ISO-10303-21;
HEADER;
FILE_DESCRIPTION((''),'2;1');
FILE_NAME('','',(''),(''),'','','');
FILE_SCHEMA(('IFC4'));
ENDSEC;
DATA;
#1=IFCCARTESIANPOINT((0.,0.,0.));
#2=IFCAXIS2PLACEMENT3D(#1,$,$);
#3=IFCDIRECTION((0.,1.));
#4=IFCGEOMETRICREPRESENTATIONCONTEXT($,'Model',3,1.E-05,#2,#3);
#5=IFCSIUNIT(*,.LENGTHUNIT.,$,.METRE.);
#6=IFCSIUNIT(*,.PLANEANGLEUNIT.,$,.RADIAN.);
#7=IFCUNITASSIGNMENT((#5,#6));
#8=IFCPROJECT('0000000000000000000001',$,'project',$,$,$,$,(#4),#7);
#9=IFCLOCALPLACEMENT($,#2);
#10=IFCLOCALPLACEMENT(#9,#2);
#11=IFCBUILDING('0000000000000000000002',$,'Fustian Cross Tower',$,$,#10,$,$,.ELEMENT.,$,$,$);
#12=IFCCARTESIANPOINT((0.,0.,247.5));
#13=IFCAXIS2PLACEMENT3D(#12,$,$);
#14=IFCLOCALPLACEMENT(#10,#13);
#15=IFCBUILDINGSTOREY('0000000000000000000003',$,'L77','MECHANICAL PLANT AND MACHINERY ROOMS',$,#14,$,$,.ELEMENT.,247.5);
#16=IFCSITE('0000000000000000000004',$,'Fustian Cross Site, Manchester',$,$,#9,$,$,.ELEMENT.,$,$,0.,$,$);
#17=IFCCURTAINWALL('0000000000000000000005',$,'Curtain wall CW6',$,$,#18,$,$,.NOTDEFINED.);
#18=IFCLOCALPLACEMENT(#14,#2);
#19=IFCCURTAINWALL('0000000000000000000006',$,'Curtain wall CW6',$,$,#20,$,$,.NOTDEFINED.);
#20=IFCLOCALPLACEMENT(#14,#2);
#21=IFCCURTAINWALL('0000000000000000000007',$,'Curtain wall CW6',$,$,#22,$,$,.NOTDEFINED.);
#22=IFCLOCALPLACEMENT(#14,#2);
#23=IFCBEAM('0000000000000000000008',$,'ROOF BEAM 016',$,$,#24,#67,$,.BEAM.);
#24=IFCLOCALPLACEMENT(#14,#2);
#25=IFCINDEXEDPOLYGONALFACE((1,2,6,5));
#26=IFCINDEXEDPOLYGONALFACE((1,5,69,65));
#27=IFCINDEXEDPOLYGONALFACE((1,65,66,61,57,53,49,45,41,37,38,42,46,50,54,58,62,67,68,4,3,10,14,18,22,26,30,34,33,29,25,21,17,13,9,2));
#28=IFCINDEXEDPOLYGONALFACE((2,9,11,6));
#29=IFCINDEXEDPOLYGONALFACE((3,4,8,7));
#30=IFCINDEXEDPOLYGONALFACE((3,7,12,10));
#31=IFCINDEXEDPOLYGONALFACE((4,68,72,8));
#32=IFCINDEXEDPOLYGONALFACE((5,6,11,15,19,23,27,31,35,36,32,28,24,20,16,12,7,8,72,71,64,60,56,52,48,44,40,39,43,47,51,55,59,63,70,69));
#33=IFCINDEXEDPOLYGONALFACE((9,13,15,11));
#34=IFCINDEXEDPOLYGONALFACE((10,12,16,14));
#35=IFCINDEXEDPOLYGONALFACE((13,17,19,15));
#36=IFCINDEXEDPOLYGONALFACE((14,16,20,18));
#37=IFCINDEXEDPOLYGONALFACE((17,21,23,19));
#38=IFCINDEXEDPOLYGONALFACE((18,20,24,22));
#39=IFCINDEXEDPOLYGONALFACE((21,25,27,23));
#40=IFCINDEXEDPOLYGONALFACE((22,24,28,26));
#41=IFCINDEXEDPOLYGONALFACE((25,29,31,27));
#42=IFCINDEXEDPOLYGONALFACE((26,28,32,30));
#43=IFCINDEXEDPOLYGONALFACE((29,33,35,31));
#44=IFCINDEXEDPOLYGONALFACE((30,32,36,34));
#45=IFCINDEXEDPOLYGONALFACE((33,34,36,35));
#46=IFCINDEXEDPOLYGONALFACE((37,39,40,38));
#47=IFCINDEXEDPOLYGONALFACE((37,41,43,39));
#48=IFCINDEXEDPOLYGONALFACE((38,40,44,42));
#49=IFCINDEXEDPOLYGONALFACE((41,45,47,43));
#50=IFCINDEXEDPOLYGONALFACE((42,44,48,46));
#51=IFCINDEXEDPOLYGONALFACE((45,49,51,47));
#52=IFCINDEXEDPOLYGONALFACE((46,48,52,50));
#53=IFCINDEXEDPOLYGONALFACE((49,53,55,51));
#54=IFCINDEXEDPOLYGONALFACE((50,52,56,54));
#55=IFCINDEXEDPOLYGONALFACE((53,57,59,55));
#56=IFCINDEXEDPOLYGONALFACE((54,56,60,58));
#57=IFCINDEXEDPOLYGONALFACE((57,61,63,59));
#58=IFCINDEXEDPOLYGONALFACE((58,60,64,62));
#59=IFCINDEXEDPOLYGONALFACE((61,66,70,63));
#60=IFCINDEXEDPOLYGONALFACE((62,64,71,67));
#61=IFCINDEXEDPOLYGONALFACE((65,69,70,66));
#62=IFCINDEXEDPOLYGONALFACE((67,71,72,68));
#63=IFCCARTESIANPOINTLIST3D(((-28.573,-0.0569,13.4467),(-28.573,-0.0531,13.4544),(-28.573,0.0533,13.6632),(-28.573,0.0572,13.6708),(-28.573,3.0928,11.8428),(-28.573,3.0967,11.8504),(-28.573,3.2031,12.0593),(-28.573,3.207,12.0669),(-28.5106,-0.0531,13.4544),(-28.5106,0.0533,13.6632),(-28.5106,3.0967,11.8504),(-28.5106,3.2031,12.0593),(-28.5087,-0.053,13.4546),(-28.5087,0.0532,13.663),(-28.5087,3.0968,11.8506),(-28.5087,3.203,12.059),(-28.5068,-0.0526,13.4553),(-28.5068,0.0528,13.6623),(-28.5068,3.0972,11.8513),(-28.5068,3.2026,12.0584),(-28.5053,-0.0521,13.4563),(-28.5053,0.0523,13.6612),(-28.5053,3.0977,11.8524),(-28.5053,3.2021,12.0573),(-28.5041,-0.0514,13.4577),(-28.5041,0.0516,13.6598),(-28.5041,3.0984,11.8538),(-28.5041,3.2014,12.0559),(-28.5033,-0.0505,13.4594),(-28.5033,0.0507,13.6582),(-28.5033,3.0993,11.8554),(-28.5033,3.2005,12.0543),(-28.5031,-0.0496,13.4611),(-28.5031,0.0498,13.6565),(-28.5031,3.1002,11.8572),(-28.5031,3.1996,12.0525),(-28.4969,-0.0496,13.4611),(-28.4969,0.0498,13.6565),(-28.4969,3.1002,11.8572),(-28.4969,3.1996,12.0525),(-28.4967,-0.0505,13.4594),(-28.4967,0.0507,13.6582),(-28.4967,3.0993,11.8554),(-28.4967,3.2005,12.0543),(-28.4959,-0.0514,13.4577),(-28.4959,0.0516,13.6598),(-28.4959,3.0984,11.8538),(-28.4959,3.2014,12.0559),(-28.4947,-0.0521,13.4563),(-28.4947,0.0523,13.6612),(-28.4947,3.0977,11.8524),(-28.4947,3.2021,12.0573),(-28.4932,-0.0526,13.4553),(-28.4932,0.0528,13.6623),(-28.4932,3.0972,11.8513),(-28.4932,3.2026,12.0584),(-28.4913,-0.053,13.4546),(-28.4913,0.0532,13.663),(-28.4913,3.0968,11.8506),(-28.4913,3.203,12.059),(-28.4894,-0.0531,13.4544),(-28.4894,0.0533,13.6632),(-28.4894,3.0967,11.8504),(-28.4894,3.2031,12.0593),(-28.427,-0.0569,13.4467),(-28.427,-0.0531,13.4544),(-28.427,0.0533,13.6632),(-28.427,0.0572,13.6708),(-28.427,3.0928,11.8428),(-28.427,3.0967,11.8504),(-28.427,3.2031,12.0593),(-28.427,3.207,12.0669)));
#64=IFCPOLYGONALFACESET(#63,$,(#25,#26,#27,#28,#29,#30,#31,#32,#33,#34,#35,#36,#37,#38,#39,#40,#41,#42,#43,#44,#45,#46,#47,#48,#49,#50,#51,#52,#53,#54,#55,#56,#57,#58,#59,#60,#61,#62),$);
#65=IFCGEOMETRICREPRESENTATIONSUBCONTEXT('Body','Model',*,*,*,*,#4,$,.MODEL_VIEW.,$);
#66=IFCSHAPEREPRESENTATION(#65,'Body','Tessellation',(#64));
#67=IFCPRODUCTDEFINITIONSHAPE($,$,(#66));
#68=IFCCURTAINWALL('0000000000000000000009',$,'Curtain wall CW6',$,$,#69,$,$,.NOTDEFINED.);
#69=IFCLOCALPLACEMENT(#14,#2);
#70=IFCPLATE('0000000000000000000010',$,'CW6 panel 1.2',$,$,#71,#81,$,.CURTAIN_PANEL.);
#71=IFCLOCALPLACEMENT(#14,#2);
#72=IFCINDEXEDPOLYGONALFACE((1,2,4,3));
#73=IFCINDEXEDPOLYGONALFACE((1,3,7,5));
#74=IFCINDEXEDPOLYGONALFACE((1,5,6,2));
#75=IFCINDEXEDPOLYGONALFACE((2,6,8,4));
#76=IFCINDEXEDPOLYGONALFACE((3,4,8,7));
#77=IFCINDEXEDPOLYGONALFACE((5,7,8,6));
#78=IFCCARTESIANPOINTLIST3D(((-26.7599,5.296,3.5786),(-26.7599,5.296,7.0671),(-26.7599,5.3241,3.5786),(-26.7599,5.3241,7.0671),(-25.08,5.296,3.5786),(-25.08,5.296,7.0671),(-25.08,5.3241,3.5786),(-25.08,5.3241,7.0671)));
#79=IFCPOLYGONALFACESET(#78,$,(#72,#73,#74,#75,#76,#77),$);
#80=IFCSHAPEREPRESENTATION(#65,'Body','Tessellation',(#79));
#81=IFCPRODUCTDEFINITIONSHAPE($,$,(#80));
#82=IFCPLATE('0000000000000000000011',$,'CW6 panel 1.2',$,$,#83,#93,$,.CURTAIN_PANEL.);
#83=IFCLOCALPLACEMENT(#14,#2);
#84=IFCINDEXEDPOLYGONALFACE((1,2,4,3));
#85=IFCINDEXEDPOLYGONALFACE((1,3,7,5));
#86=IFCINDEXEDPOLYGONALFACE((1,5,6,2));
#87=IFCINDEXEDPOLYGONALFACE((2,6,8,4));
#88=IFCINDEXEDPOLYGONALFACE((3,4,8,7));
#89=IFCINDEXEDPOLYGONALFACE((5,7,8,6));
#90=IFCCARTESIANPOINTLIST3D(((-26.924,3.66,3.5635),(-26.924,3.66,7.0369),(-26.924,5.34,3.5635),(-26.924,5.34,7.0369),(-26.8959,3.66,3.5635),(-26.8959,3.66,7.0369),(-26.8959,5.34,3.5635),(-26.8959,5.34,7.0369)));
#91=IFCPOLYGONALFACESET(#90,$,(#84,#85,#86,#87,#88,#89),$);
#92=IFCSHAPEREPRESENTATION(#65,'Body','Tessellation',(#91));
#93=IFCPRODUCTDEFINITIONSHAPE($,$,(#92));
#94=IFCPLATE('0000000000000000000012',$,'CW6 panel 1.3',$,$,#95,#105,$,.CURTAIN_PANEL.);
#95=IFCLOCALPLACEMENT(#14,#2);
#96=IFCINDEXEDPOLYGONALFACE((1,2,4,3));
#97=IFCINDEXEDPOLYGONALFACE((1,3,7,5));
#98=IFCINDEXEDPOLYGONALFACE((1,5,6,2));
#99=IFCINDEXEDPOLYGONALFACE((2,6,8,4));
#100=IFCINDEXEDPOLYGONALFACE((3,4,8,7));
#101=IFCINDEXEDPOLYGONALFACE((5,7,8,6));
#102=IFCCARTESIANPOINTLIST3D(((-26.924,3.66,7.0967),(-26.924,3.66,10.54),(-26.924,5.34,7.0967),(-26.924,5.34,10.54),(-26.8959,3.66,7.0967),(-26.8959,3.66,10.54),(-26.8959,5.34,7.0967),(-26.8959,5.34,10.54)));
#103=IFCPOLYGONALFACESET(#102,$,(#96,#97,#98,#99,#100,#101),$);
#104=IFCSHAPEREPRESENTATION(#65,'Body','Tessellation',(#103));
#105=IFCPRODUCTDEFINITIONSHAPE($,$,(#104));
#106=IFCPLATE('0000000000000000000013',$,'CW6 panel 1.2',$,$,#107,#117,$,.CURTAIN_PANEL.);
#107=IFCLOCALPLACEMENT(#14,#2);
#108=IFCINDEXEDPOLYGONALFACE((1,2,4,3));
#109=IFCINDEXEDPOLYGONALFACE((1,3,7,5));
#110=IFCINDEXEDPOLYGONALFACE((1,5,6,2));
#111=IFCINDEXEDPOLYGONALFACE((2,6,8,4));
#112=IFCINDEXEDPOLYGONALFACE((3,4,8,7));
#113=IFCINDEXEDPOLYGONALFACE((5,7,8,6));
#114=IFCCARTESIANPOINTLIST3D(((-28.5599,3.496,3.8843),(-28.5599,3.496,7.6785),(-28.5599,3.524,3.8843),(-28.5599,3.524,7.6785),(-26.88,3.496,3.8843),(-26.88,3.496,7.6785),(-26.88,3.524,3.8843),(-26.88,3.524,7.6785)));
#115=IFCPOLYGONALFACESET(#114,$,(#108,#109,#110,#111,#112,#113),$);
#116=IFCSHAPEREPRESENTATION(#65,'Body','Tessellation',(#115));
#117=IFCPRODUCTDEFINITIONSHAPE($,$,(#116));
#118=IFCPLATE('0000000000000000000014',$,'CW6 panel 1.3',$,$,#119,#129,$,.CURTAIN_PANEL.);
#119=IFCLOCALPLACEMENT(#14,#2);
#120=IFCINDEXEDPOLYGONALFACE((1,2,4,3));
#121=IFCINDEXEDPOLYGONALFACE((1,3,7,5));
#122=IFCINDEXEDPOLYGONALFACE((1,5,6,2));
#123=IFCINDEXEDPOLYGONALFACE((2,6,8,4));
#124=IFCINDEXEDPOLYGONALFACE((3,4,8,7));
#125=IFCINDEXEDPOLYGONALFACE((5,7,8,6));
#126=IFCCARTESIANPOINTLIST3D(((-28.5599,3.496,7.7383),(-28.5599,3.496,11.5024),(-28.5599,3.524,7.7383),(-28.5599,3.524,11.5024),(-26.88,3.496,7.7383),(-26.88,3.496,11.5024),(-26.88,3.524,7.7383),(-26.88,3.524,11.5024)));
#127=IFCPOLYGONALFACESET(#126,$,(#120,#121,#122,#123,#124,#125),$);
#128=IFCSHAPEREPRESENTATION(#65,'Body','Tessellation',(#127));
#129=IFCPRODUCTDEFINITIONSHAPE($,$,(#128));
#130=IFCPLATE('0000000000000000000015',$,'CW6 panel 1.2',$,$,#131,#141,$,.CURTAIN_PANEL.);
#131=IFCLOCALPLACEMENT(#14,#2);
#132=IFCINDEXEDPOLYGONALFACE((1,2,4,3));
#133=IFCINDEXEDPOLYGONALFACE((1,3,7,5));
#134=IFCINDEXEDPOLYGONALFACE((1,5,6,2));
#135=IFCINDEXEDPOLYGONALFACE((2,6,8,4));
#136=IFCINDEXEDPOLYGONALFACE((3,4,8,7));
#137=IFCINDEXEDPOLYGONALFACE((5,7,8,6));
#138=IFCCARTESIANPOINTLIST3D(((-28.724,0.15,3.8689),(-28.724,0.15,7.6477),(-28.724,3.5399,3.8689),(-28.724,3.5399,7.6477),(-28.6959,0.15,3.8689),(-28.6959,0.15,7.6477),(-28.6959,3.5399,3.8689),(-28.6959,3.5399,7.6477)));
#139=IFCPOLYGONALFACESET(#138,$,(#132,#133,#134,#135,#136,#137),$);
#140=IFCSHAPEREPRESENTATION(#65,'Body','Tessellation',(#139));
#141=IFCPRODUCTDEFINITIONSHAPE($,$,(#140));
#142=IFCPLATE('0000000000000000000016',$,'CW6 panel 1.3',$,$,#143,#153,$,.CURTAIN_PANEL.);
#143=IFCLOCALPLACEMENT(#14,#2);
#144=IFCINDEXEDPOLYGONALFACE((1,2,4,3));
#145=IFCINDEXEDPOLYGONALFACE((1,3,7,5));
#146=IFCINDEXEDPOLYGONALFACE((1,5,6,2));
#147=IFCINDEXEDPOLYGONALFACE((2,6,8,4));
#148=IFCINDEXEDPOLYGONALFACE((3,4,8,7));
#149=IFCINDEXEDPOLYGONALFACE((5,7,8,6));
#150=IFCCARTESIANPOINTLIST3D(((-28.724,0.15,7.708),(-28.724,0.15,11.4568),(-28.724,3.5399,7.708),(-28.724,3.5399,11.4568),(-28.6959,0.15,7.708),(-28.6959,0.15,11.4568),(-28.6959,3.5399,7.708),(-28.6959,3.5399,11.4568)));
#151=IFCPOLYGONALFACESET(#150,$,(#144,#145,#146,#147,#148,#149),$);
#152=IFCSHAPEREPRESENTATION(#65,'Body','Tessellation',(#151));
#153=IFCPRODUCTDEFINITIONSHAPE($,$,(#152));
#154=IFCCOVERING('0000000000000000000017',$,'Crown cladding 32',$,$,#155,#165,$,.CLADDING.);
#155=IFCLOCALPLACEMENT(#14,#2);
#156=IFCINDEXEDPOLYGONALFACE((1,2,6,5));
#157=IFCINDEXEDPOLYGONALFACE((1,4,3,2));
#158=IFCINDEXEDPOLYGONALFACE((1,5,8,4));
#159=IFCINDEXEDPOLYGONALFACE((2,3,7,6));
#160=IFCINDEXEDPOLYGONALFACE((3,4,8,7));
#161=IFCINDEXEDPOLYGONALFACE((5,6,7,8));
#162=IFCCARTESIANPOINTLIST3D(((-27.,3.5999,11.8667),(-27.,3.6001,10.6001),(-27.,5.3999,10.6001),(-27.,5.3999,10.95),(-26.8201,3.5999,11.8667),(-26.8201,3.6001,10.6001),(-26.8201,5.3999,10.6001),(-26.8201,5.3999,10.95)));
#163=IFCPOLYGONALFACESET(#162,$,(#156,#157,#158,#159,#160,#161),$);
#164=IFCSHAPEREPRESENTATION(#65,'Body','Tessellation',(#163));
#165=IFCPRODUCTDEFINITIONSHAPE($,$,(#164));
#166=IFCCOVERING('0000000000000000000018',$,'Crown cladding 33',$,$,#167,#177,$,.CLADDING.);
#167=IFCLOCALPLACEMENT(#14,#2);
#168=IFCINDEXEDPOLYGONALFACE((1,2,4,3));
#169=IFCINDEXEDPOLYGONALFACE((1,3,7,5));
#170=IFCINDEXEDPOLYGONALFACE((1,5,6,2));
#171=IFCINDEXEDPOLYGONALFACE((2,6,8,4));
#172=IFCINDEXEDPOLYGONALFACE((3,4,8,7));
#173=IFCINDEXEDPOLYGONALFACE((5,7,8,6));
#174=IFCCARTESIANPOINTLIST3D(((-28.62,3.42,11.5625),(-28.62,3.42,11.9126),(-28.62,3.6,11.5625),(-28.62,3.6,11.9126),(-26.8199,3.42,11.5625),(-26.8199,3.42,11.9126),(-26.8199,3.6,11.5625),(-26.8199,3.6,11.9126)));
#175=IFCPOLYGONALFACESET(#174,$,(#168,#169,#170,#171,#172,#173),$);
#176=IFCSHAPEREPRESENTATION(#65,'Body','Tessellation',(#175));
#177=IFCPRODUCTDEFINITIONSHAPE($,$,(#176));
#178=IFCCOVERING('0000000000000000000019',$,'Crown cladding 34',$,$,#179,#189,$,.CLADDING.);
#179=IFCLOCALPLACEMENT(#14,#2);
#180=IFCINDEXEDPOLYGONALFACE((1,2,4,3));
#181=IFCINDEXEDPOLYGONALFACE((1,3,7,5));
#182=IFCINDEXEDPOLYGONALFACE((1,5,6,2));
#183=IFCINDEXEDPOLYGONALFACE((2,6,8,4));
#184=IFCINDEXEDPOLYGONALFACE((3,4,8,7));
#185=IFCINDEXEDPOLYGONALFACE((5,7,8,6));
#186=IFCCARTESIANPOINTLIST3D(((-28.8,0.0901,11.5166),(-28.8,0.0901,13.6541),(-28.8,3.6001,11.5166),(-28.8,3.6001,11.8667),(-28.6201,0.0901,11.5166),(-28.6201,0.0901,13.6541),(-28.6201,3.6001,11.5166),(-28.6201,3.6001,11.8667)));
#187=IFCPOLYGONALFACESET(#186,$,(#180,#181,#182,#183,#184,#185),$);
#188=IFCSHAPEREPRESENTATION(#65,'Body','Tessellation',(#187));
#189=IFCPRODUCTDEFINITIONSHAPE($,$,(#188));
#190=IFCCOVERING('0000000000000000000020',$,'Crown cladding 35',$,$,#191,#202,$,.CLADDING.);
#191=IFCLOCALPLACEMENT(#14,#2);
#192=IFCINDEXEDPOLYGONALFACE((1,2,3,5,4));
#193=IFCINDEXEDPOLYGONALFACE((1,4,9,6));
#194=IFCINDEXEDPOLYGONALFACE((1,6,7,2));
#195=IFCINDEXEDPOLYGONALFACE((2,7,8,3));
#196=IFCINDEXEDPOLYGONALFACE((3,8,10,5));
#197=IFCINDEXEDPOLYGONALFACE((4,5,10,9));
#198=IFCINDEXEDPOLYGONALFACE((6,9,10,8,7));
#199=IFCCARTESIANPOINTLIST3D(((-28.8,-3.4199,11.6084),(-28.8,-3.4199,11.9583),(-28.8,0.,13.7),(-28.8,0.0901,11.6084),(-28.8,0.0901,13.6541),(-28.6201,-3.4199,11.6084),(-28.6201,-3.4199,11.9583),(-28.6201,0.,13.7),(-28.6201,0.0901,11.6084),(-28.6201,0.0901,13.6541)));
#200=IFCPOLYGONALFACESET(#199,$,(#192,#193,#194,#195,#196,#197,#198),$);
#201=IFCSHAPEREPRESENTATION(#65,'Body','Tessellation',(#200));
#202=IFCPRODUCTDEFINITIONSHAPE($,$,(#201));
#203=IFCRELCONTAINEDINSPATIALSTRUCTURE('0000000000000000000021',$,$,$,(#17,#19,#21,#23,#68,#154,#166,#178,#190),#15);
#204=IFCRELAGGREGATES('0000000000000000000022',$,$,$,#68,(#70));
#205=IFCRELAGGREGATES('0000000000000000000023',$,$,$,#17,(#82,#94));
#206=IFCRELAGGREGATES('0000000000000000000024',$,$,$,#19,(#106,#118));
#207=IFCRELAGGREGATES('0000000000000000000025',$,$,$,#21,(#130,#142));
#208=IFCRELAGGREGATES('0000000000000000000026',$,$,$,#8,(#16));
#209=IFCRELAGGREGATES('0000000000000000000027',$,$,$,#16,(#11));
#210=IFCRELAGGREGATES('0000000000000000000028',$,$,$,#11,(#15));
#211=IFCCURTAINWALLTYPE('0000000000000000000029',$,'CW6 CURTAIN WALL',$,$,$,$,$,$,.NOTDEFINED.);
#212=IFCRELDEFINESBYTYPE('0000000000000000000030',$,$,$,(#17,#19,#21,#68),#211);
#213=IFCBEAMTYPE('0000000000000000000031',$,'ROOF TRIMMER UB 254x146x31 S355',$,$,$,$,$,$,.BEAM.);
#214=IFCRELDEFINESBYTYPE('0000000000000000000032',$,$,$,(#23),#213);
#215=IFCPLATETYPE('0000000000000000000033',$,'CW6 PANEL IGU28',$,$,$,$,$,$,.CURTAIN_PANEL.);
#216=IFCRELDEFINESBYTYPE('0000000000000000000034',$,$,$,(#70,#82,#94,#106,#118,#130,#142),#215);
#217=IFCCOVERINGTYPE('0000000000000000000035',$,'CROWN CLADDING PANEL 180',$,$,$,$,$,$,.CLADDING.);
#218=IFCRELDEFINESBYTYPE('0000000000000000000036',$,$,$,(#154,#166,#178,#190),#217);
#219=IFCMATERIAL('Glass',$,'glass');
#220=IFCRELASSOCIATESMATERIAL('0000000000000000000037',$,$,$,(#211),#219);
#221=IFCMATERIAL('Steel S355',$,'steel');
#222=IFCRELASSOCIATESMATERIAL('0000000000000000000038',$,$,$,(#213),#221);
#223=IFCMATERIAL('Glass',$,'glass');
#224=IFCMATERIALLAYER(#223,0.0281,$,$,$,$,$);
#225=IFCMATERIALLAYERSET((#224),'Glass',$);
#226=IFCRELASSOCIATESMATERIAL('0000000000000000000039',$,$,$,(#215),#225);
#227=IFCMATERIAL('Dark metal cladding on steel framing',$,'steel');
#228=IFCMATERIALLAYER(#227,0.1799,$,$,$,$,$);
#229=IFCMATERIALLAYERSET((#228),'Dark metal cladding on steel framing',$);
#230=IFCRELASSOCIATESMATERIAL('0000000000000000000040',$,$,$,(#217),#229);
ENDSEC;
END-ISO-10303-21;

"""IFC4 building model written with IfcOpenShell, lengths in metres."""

from ifc_helpers import new_model, si_unit, direction, frame, frame_2d, origin, origin_2d, place, context, subcontext, project, spatial, polyline, rectangle, i_section, outline, extrude, material, layer, layer_set, material_profile, profile_set, type_object, element, aggregate, save


model = new_model("IFC4")

# Units and contexts
model_context = context("Model", 3, precision=1e-05, world=origin(), true_north=direction((0.0, 1.0)))
body_context = subcontext(model_context, "Body", "Model", "MODEL_VIEW")
ifc_project = project(units=[si_unit("LENGTHUNIT", "METRE"), si_unit("PLANEANGLEUNIT", "RADIAN")], contexts=[model_context])

# Site, building, storey
site_placement = place(None, origin())
site = spatial("IfcSite", under=ifc_project, at=site_placement, Name="Fustian Cross Site, Manchester", CompositionType="ELEMENT", RefElevation=0.0)
building_placement = place(site_placement, origin())
building = spatial("IfcBuilding", under=site, at=building_placement, Name="Fustian Cross Tower", CompositionType="ELEMENT")
storey_placement = place(building_placement, frame((0.0, 0.0, 247.5)))
storey = spatial("IfcBuildingStorey", under=building, at=storey_placement, Name="L77", Description="MECHANICAL PLANT AND MACHINERY ROOMS", CompositionType="ELEMENT", Elevation=247.5)

# Curtain walls
ifc_material_1 = material(Name="Glass", Category="glass")
curtain_wall_type = type_object("IfcCurtainWallType", Name="CW6 CURTAIN WALL", PredefinedType="NOTDEFINED", material=ifc_material_1)
curtain_wall_1_placement = place(storey_placement, origin())
curtain_wall_1 = element("IfcCurtainWall", 1, at=curtain_wall_1_placement, inside=storey, type_object=curtain_wall_type, Name="Curtain wall CW6", PredefinedType="NOTDEFINED")
curtain_wall_2_placement = place(storey_placement, origin())
curtain_wall_2 = element("IfcCurtainWall", 2, at=curtain_wall_2_placement, inside=storey, type_object=curtain_wall_type, Name="Curtain wall CW6", PredefinedType="NOTDEFINED")
curtain_wall_3_placement = place(storey_placement, origin())
curtain_wall_3 = element("IfcCurtainWall", 3, at=curtain_wall_3_placement, inside=storey, type_object=curtain_wall_type, Name="Curtain wall CW6", PredefinedType="NOTDEFINED")

# Beam
ifc_material_2 = material(Name="Steel S355", Category="steel")
ifc_material_profile_1 = material_profile(ifc_material_2, i_section(OverallWidth=0.146, OverallDepth=0.2515, WebThickness=0.0061, FlangeThickness=0.0085, FilletRadius=0.0076, at=origin_2d()), Name="UB 254x146x31")
ifc_profile_set_1 = profile_set([ifc_material_profile_1], Name="Steel S355")
beam_type = type_object("IfcBeamType", Name="ROOF TRIMMER UB 254x146x31 S355", PredefinedType="BEAM", material=ifc_profile_set_1)
beam_placement = place(storey_placement, frame((-28.5, 3.1499, 11.9548), z_axis=(0.0, -0.891115, 0.453777), x_axis=(1.0, 0.0, 0.0)))
element("IfcBeam", 4, at=beam_placement, inside=storey, type_object=beam_type, Name="ROOF BEAM 016", PredefinedType="BEAM", context=body_context, shape_type="SweptSolid", body=[
    extrude(i_section(OverallWidth=0.146, OverallDepth=0.2515, WebThickness=0.0061, FlangeThickness=0.0085, FilletRadius=0.0076, at=origin_2d()), origin(), (0.0, 0.0, 1.0), 3.5347),
])

# Curtain wall, plate
curtain_wall_4_placement = place(storey_placement, origin())
curtain_wall_4 = element("IfcCurtainWall", 5, at=curtain_wall_4_placement, inside=storey, type_object=curtain_wall_type, Name="Curtain wall CW6", PredefinedType="NOTDEFINED")
ifc_material_3 = material(Name="Glass", Category="glass")
ifc_layer_1 = layer(ifc_material_3, 0.0281)
ifc_layer_set_1 = layer_set([ifc_layer_1], Name="Glass")
plate_type = type_object("IfcPlateType", Name="CW6 PANEL IGU28", PredefinedType="CURTAIN_PANEL", material=ifc_layer_set_1)
plate_1_placement = place(storey_placement, frame((-25.9199, 5.3101, 3.5786), z_axis=(0.0, 0.0, 1.0), x_axis=(-1.0, 0.0, 0.0)))
plate_1 = element("IfcPlate", 6, at=plate_1_placement, type_object=plate_type, Name="CW6 panel 1.2", PredefinedType="CURTAIN_PANEL", context=body_context, shape_type="SweptSolid", body=[
    extrude(rectangle(XDim=1.6799, YDim=0.0281, at=origin_2d()), origin(), (0.0, 0.0, 1.0), 3.4885),
])
aggregate(curtain_wall_4, [plate_1])

# Plates
plate_2_placement = place(storey_placement, frame((-26.9099, 4.5, 3.5635), z_axis=(0.0, 0.0, 1.0), x_axis=(0.0, -1.0, 0.0)))
plate_2 = element("IfcPlate", 7, at=plate_2_placement, type_object=plate_type, Name="CW6 panel 1.2", PredefinedType="CURTAIN_PANEL", context=body_context, shape_type="SweptSolid", body=[
    extrude(rectangle(XDim=1.6799, YDim=0.0281, at=origin_2d()), origin(), (0.0, 0.0, 1.0), 3.4734),
])
plate_3_placement = place(storey_placement, frame((-26.9099, 4.5, 7.0967), z_axis=(0.0, 0.0, 1.0), x_axis=(0.0, -1.0, 0.0)))
plate_3 = element("IfcPlate", 8, at=plate_3_placement, type_object=plate_type, Name="CW6 panel 1.3", PredefinedType="CURTAIN_PANEL", context=body_context, shape_type="SweptSolid", body=[
    extrude(rectangle(XDim=1.6799, YDim=0.0281, at=origin_2d()), origin(), (0.0, 0.0, 1.0), 3.4434),
])
aggregate(curtain_wall_1, [plate_2, plate_3])
plate_4_placement = place(storey_placement, frame((-27.72, 3.51, 3.8843), z_axis=(0.0, 0.0, 1.0), x_axis=(-1.0, 0.0, 0.0)))
plate_4 = element("IfcPlate", 9, at=plate_4_placement, type_object=plate_type, Name="CW6 panel 1.2", PredefinedType="CURTAIN_PANEL", context=body_context, shape_type="SweptSolid", body=[
    extrude(rectangle(XDim=1.6799, YDim=0.0281, at=origin_2d()), origin(), (0.0, 0.0, 1.0), 3.7942),
])
plate_5_placement = place(storey_placement, frame((-27.72, 3.51, 7.7383), z_axis=(0.0, 0.0, 1.0), x_axis=(-1.0, 0.0, 0.0)))
plate_5 = element("IfcPlate", 10, at=plate_5_placement, type_object=plate_type, Name="CW6 panel 1.3", PredefinedType="CURTAIN_PANEL", context=body_context, shape_type="SweptSolid", body=[
    extrude(rectangle(XDim=1.6799, YDim=0.0281, at=origin_2d()), origin(), (0.0, 0.0, 1.0), 3.7642),
])
aggregate(curtain_wall_2, [plate_4, plate_5])
plate_6_placement = place(storey_placement, frame((-28.71, 1.845, 3.8689), z_axis=(0.0, 0.0, 1.0), x_axis=(0.0, -1.0, 0.0)))
plate_6 = element("IfcPlate", 11, at=plate_6_placement, type_object=plate_type, Name="CW6 panel 1.2", PredefinedType="CURTAIN_PANEL", context=body_context, shape_type="SweptSolid", body=[
    extrude(rectangle(XDim=3.3899, YDim=0.0281, at=origin_2d()), origin(), (0.0, 0.0, 1.0), 3.7788),
])
plate_7_placement = place(storey_placement, frame((-28.71, 1.845, 7.708), z_axis=(0.0, 0.0, 1.0), x_axis=(0.0, -1.0, 0.0)))
plate_7 = element("IfcPlate", 12, at=plate_7_placement, type_object=plate_type, Name="CW6 panel 1.3", PredefinedType="CURTAIN_PANEL", context=body_context, shape_type="SweptSolid", body=[
    extrude(rectangle(XDim=3.3899, YDim=0.0281, at=origin_2d()), origin(), (0.0, 0.0, 1.0), 3.7488),
])
aggregate(curtain_wall_3, [plate_6, plate_7])

# Coverings
ifc_material_4 = material(Name="Dark metal cladding on steel framing", Category="steel")
ifc_layer_2 = layer(ifc_material_4, 0.1799)
ifc_layer_set_2 = layer_set([ifc_layer_2], Name="Dark metal cladding on steel framing")
covering_type_1 = type_object("IfcCoveringType", Name="CROWN CLADDING PANEL 180", PredefinedType="CLADDING", material=ifc_layer_set_2)
covering_1_placement = place(storey_placement, frame((-26.9099, 5.3999, 10.6001), z_axis=(0.0, 0.0, 1.0), x_axis=(0.0, -1.0, 0.0)))
element("IfcCovering", 13, at=covering_1_placement, inside=storey, type_object=covering_type_1, Name="Crown cladding 32", PredefinedType="CLADDING", context=body_context, shape_type="SweptSolid", body=[
    extrude(outline(polyline([(0.0, 0.0), (1.7998, 0.0), (1.8, 1.2666), (0.0, 0.3499), (0.0, 0.0)])), frame((0.0, 0.0898, 0.0), z_axis=(0.0, -1.0, 0.0), x_axis=(1.0, 0.0, 0.0)), (0.0, 0.0, 1.0), 0.1799),
])
covering_2_placement = place(storey_placement, frame((-26.8201, 3.51, 11.5625), z_axis=(0.0, 0.0, 1.0), x_axis=(-1.0, 0.0, 0.0)))
element("IfcCovering", 14, at=covering_2_placement, inside=storey, type_object=covering_type_1, Name="Crown cladding 33", PredefinedType="CLADDING", context=body_context, shape_type="SweptSolid", body=[
    extrude(rectangle(XDim=1.8, YDim=0.1799, at=frame_2d((0.8999, 0.0))), origin(), (0.0, 0.0, 1.0), 0.3501),
])
covering_3_placement = place(storey_placement, frame((-28.71, 3.6001, 11.5166), z_axis=(0.0, 0.0, 1.0), x_axis=(0.0, -1.0, 0.0)))
element("IfcCovering", 15, at=covering_3_placement, inside=storey, type_object=covering_type_1, Name="Crown cladding 34", PredefinedType="CLADDING", context=body_context, shape_type="SweptSolid", body=[
    extrude(outline(polyline([(0.0, 0.0), (3.51, 0.0), (3.51, 2.1375), (0.0, 0.3501), (0.0, 0.0)])), frame((0.0, 0.0898, 0.0), z_axis=(0.0, -1.0, 0.0), x_axis=(1.0, 0.0, 0.0)), (0.0, 0.0, 1.0), 0.1799),
])
covering_4_placement = place(storey_placement, frame((-28.71, 0.0901, 11.6084), z_axis=(0.0, 0.0, 1.0), x_axis=(0.0, -1.0, 0.0)))
element("IfcCovering", 16, at=covering_4_placement, inside=storey, type_object=covering_type_1, Name="Crown cladding 35", PredefinedType="CLADDING", context=body_context, shape_type="SweptSolid", body=[
    extrude(outline(polyline([(0.0, 0.0), (3.51, 0.0), (3.51, 0.3499), (0.0901, 2.0916), (0.0, 2.0457), (0.0, 0.0)])), frame((0.0, 0.0898, 0.0), z_axis=(0.0, -1.0, 0.0), x_axis=(1.0, 0.0, 0.0)), (0.0, 0.0, 1.0), 0.1799),
])

save(model, "model.ifc")
